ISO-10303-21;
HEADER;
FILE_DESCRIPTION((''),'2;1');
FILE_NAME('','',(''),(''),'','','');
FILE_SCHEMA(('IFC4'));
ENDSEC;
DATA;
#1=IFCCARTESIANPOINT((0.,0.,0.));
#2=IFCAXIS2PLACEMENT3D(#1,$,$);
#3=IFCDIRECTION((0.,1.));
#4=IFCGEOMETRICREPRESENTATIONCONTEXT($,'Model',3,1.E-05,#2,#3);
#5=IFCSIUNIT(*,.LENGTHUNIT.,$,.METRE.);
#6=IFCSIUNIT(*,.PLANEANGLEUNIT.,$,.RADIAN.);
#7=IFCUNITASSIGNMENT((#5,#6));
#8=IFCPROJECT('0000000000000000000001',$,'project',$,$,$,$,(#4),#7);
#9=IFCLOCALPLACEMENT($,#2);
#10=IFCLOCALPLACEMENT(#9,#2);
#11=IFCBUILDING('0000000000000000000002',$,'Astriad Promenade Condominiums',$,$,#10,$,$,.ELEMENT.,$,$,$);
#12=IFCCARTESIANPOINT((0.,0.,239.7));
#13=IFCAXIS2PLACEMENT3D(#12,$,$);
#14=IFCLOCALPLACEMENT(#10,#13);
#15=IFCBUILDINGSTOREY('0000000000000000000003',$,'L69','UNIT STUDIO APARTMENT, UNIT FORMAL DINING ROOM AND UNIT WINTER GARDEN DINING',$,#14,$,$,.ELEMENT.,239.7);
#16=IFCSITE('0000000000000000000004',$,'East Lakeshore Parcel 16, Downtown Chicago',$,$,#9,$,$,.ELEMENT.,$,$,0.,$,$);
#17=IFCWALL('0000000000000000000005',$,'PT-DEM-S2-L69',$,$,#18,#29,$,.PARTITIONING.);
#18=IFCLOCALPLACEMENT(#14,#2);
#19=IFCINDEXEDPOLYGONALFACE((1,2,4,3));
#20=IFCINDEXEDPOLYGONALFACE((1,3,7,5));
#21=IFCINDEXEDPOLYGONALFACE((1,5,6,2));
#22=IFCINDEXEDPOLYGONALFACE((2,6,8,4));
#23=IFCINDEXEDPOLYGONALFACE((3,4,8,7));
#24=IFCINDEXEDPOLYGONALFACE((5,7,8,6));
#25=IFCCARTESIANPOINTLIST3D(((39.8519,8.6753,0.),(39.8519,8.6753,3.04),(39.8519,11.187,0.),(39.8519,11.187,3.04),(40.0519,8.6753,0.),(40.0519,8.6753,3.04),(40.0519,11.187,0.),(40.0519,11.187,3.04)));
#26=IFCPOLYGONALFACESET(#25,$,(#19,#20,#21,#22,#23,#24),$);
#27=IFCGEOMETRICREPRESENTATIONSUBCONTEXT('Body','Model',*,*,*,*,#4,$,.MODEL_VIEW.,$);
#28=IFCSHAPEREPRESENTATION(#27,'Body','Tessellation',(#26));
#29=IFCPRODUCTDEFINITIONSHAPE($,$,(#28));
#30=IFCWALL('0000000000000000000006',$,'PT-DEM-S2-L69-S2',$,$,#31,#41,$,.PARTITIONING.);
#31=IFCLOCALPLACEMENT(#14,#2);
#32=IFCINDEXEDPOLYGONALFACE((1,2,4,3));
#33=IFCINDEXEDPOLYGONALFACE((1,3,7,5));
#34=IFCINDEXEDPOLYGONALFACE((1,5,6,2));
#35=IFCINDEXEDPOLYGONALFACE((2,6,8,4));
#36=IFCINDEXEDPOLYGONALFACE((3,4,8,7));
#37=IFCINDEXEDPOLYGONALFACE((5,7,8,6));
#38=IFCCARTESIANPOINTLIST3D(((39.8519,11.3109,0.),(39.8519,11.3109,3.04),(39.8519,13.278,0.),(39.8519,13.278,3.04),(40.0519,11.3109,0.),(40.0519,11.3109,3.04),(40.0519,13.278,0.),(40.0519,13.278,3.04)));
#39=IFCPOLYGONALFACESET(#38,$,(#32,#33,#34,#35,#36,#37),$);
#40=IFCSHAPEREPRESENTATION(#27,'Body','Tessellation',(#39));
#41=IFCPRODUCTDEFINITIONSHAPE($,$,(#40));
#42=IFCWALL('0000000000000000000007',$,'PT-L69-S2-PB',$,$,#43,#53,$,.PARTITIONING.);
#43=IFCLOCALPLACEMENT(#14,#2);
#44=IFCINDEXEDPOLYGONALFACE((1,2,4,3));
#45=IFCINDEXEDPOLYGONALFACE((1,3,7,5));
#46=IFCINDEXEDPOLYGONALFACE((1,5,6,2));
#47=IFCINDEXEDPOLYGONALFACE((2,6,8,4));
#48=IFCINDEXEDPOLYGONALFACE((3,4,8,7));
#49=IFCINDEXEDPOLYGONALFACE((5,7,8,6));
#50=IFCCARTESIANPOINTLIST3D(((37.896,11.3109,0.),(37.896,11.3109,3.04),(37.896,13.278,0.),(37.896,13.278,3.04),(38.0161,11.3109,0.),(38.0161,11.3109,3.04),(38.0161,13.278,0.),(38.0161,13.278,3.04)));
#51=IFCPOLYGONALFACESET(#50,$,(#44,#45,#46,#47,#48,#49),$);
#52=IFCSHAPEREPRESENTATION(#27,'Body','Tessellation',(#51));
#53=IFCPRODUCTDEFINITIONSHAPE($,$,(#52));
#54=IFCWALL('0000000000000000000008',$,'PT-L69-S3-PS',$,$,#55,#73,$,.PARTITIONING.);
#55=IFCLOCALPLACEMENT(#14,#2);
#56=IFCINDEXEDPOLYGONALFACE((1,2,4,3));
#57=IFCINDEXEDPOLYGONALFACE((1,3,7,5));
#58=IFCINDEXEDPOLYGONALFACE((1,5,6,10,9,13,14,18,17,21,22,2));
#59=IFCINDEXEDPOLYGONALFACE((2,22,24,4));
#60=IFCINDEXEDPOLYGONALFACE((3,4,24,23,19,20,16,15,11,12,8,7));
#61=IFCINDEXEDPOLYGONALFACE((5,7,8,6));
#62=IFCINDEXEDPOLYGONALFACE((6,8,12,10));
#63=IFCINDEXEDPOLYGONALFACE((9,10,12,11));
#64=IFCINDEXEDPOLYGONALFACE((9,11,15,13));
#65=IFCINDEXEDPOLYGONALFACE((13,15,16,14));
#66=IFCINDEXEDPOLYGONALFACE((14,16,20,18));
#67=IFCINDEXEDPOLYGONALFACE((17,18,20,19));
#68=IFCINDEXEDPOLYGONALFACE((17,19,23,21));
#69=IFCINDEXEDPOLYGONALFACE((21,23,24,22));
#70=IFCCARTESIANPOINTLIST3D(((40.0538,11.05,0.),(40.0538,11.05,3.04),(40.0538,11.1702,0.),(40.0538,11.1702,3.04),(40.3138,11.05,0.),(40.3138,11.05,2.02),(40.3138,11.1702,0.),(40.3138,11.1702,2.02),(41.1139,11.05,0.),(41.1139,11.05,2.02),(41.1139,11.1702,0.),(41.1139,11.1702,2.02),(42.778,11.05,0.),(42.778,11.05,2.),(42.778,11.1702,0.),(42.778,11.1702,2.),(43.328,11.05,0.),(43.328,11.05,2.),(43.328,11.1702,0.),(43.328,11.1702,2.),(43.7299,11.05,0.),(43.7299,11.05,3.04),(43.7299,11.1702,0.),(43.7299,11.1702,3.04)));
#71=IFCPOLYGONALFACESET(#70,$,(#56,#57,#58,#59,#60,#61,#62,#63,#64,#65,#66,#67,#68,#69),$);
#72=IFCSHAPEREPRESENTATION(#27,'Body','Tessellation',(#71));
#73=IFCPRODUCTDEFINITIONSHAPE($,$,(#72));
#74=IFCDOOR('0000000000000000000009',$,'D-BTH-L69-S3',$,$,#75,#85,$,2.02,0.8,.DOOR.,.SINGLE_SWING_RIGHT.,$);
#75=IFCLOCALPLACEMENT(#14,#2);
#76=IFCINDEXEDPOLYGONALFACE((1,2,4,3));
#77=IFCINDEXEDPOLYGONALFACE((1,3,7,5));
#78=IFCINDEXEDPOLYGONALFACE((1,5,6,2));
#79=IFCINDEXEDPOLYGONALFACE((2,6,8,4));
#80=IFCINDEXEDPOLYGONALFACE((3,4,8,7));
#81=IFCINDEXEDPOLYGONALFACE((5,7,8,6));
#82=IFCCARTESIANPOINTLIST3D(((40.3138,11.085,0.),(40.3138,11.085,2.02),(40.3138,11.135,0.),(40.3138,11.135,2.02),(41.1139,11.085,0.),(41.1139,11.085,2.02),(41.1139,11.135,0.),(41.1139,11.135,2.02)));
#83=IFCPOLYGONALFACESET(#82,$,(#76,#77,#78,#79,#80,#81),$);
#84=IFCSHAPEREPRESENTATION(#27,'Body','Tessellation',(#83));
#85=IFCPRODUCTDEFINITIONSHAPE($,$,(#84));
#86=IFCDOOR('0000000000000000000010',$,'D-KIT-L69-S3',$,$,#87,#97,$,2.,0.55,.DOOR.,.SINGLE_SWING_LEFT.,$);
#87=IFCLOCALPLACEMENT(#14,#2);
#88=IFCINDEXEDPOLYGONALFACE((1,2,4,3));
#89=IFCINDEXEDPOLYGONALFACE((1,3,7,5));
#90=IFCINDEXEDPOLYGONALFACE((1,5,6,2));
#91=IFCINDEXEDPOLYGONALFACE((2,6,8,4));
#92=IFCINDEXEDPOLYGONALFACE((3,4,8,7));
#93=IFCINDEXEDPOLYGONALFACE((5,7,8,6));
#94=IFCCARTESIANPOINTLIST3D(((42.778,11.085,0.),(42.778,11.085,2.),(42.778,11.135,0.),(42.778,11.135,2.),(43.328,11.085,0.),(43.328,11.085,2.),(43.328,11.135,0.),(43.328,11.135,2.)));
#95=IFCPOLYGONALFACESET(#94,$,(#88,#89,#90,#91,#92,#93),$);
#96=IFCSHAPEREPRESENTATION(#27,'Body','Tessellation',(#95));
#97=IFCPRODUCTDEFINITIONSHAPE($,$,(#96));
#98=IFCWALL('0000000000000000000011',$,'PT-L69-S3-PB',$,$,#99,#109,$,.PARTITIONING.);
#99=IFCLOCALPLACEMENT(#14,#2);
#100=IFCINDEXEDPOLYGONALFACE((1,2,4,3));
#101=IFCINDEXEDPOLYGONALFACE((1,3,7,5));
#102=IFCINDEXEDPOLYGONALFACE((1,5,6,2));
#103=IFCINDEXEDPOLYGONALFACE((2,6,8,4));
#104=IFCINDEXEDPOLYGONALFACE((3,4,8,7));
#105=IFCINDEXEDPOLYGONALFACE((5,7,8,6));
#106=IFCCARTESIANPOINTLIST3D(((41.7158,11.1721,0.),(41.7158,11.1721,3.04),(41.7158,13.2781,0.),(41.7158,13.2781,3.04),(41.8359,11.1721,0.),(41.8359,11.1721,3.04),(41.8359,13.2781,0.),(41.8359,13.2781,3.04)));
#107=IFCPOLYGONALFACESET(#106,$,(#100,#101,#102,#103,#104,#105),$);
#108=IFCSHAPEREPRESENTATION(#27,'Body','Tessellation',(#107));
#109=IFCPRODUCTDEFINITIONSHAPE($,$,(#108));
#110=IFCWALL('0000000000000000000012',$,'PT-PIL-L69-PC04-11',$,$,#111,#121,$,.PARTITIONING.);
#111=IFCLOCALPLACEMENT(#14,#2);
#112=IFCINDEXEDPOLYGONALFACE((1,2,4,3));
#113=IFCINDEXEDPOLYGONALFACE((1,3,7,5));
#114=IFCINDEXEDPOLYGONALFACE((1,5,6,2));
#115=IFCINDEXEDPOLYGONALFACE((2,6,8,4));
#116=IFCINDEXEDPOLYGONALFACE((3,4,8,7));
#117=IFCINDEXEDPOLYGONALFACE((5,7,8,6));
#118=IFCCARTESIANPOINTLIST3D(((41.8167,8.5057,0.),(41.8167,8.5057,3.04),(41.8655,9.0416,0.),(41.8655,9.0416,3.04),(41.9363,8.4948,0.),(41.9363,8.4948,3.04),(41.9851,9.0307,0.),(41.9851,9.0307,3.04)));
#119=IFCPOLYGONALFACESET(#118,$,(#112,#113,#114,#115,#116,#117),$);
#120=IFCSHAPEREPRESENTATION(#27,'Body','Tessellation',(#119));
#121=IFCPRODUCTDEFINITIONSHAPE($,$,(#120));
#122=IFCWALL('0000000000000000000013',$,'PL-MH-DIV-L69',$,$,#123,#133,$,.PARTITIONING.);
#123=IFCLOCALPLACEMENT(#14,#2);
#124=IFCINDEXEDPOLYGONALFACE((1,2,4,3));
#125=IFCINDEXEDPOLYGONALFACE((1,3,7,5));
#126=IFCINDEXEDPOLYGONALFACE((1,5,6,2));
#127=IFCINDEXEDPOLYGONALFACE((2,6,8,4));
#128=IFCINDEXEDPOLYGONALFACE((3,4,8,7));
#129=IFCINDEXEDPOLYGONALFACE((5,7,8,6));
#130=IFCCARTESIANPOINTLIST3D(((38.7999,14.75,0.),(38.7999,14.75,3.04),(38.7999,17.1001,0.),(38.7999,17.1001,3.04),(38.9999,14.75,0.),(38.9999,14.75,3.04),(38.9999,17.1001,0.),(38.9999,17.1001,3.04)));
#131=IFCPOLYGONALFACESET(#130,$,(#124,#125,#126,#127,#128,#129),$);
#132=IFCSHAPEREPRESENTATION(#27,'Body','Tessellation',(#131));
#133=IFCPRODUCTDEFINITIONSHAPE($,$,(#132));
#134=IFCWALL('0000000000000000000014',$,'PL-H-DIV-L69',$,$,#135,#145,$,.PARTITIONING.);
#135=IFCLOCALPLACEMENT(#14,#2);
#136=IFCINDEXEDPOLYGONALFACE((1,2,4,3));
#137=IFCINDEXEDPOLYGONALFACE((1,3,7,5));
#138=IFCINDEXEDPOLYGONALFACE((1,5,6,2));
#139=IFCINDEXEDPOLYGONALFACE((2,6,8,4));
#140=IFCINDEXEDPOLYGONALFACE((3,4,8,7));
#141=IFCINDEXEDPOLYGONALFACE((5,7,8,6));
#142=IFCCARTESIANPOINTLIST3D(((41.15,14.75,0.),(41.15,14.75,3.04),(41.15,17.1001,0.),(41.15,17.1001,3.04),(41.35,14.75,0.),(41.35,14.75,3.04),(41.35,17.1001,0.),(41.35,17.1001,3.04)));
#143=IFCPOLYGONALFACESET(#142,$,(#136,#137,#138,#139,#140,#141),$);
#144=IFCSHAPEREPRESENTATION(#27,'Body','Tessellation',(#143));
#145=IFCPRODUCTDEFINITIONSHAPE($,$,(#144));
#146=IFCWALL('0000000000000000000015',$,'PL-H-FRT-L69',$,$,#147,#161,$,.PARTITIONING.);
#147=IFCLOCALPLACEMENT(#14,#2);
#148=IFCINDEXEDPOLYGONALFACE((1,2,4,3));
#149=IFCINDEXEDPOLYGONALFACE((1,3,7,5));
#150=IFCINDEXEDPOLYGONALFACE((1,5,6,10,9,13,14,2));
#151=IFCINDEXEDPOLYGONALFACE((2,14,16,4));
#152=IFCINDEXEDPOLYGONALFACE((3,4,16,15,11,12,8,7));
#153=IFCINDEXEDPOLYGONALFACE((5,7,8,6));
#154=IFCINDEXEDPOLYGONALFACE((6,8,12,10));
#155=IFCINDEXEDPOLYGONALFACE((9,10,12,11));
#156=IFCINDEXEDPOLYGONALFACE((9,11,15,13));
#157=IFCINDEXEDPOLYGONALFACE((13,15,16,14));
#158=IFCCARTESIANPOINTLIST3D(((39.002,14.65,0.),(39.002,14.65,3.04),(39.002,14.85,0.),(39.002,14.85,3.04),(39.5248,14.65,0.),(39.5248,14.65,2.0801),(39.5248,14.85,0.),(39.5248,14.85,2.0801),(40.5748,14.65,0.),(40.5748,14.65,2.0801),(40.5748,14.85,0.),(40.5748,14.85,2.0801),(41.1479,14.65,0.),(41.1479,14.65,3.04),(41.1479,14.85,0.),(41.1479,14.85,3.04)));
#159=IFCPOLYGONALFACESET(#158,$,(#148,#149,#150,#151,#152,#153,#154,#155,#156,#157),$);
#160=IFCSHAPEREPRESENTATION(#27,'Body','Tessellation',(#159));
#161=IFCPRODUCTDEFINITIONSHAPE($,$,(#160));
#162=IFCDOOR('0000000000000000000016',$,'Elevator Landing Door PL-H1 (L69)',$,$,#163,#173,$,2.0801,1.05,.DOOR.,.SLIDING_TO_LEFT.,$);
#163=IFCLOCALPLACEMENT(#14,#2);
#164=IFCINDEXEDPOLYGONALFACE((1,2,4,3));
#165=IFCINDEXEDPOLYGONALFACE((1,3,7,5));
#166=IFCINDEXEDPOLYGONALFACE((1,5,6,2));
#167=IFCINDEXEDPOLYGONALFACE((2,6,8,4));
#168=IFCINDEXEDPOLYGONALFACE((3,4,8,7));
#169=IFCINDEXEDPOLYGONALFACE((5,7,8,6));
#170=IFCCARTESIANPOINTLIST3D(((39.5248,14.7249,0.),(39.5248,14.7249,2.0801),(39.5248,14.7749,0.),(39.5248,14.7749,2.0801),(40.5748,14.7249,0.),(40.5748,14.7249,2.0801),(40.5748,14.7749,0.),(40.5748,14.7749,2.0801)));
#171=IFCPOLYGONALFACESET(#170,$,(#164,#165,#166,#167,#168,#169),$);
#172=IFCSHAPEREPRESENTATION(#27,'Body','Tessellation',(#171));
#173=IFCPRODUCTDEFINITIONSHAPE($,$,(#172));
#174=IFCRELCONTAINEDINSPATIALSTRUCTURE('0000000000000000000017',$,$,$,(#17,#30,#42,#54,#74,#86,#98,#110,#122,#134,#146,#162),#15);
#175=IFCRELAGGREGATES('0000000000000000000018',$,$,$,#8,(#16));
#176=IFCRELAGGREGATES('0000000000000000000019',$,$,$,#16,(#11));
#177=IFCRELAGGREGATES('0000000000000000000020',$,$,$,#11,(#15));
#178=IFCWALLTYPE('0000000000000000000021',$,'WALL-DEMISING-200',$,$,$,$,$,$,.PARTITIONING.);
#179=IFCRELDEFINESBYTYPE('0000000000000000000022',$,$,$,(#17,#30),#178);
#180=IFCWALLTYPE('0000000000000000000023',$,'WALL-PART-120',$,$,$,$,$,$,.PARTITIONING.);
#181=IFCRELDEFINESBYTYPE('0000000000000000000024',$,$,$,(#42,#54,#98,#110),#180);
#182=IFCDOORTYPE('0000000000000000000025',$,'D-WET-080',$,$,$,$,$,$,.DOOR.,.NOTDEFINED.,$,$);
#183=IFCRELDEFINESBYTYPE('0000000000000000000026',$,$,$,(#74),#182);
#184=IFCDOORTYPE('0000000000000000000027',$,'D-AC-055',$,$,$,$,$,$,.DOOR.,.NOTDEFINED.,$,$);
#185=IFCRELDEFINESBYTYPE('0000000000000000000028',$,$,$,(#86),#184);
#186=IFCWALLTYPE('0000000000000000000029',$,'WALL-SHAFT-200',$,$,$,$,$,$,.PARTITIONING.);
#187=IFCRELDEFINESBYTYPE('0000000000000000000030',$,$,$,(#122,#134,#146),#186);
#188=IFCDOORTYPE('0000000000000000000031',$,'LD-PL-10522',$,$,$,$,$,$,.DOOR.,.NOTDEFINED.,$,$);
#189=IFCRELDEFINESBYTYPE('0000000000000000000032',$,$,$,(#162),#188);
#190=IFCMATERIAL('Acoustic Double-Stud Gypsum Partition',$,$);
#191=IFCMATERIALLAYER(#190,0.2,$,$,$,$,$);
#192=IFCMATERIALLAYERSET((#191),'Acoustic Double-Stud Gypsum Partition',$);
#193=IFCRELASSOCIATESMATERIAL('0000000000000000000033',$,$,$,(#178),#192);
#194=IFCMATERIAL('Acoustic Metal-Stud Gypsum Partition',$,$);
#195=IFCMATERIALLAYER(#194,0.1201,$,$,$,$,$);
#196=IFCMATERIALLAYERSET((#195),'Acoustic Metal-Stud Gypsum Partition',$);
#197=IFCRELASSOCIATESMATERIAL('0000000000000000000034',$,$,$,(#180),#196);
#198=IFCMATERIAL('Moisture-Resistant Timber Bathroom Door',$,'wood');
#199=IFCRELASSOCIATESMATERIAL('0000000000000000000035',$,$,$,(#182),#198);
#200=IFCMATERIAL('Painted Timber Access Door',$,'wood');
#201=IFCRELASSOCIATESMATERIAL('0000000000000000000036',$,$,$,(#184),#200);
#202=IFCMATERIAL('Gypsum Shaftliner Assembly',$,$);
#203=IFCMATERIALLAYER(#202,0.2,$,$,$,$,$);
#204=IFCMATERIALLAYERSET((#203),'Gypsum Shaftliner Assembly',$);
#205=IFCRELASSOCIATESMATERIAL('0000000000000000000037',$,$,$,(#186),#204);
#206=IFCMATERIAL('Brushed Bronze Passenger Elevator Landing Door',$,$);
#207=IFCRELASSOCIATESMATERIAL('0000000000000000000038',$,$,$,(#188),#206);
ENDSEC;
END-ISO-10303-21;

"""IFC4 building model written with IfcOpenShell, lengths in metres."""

from ifc_helpers import new_model, si_unit, direction, frame, frame_2d, origin, place, context, subcontext, project, spatial, rectangle, extrude, source, transform, mapped, material, layer, layer_set, type_object, type_shapes, element, fill, save


model = new_model("IFC4")

# Units and contexts
model_context = context("Model", 3, precision=1e-05, world=origin(), true_north=direction((0.0, 1.0)))
body_context = subcontext(model_context, "Body", "Model", "MODEL_VIEW")
ifc_project = project(units=[si_unit("LENGTHUNIT", "METRE"), si_unit("PLANEANGLEUNIT", "RADIAN")], contexts=[model_context])

# Site, building, storey
site_placement = place(None, origin())
site = spatial("IfcSite", under=ifc_project, at=site_placement, Name="East Lakeshore Parcel 16, Downtown Chicago", CompositionType="ELEMENT", RefElevation=0.0)
building_placement = place(site_placement, origin())
building = spatial("IfcBuilding", under=site, at=building_placement, Name="Astriad Promenade Condominiums", CompositionType="ELEMENT")
storey_placement = place(building_placement, frame((0.0, 0.0, 239.7)))
storey = spatial("IfcBuildingStorey", under=building, at=storey_placement, Name="L69", Description="UNIT STUDIO APARTMENT, UNIT FORMAL DINING ROOM AND UNIT WINTER GARDEN DINING", CompositionType="ELEMENT", Elevation=239.7)

# Walls
ifc_material_1 = material(Name="Acoustic Double-Stud Gypsum Partition")
ifc_layer_1 = layer(ifc_material_1, 0.2)
ifc_layer_set_1 = layer_set([ifc_layer_1], Name="Acoustic Double-Stud Gypsum Partition")
wall_type_1 = type_object("IfcWallType", Name="WALL-DEMISING-200", PredefinedType="PARTITIONING", material=ifc_layer_set_1)
wall_1_placement = place(storey_placement, frame((39.9519, 8.6753, 0.0), z_axis=(0.0, 0.0, 1.0), x_axis=(0.0, 1.0, 0.0)))
element("IfcWall", 1, at=wall_1_placement, inside=storey, type_object=wall_type_1, Name="PT-DEM-S2-L69", PredefinedType="PARTITIONING", context=body_context, shape_type="SweptSolid", body=[
    extrude(rectangle(XDim=2.5117, YDim=0.2, at=frame_2d((1.2559, 0.0))), origin(), (0.0, 0.0, 1.0), 3.04),
])
wall_2_placement = place(storey_placement, frame((39.9519, 11.311, 0.0), z_axis=(0.0, 0.0, 1.0), x_axis=(0.0, 1.0, 0.0)))
element("IfcWall", 2, at=wall_2_placement, inside=storey, type_object=wall_type_1, Name="PT-DEM-S2-L69-S2", PredefinedType="PARTITIONING", context=body_context, shape_type="SweptSolid", body=[
    extrude(rectangle(XDim=1.967, YDim=0.2, at=frame_2d((0.9834, 0.0))), origin(), (0.0, 0.0, 1.0), 3.04),
])
ifc_material_2 = material(Name="Acoustic Metal-Stud Gypsum Partition")
ifc_layer_2 = layer(ifc_material_2, 0.1201)
ifc_layer_set_2 = layer_set([ifc_layer_2], Name="Acoustic Metal-Stud Gypsum Partition")
wall_type_2 = type_object("IfcWallType", Name="WALL-PART-120", PredefinedType="PARTITIONING", material=ifc_layer_set_2)
wall_3_placement = place(storey_placement, frame((37.9561, 11.311, 0.0), z_axis=(0.0, 0.0, 1.0), x_axis=(0.0, 1.0, 0.0)))
element("IfcWall", 3, at=wall_3_placement, inside=storey, type_object=wall_type_2, Name="PT-L69-S2-PB", PredefinedType="PARTITIONING", context=body_context, shape_type="SweptSolid", body=[
    extrude(rectangle(XDim=1.967, YDim=0.1201, at=frame_2d((0.9834, 0.0))), origin(), (0.0, 0.0, 1.0), 3.04),
])

# Wall, openings, doors
wall_4_placement = place(storey_placement, frame((40.054, 11.1101, 0.0), z_axis=(0.0, 0.0, 1.0), x_axis=(1.0, 0.0, 0.0)))
wall_4 = element("IfcWall", 4, at=wall_4_placement, inside=storey, type_object=wall_type_2, Name="PT-L69-S3-PS", PredefinedType="PARTITIONING", context=body_context, shape_type="SweptSolid", body=[
    extrude(rectangle(XDim=3.676, YDim=0.1201, at=frame_2d((1.8379, 0.0))), origin(), (0.0, 0.0, 1.0), 3.04),
])
opening_1_placement = place(wall_4_placement, frame((0.26, 0.0, 0.0)))
opening_1 = element("IfcOpeningElement", 5, at=opening_1_placement, cuts=wall_4, PredefinedType="OPENING", context=body_context, shape_type="SweptSolid", body=[
    extrude(rectangle(XDim=0.8, YDim=2.02, at=frame_2d((0.3999, 1.01))), frame((0.0, 0.0701, 0.0), z_axis=(0.0, -1.0, 0.0), x_axis=(1.0, 0.0, 0.0)), (0.0, 0.0, 1.0), 0.1401),
])
opening_2_placement = place(wall_4_placement, frame((2.7241, 0.0, 0.0)))
opening_2 = element("IfcOpeningElement", 6, at=opening_2_placement, cuts=wall_4, PredefinedType="OPENING", context=body_context, shape_type="SweptSolid", body=[
    extrude(rectangle(XDim=0.55, YDim=2.0, at=frame_2d((0.2749, 1.0))), frame((0.0, 0.0701, 0.0), z_axis=(0.0, -1.0, 0.0), x_axis=(1.0, 0.0, 0.0)), (0.0, 0.0, 1.0), 0.1401),
])
ifc_material_3 = material(Name="Moisture-Resistant Timber Bathroom Door", Category="wood")
door_type_1 = type_object("IfcDoorType", Name="D-WET-080", OperationType="NOTDEFINED", PredefinedType="DOOR", material=ifc_material_3)
shared_shape_1 = source(origin(), body_context, "Body", "SweptSolid", [
    extrude(rectangle(XDim=0.8, YDim=2.02, at=frame_2d((0.3999, 1.01))), frame((0.0, 0.0249, 0.0), z_axis=(0.0, -1.0, 0.0), x_axis=(1.0, 0.0, 0.0)), (0.0, 0.0, 1.0), 0.05),
])
type_shapes(door_type_1, [shared_shape_1])
door_1_placement = place(opening_1_placement, origin())
door_1 = element("IfcDoor", 7, at=door_1_placement, inside=storey, type_object=door_type_1, Name="D-BTH-L69-S3", OperationType="SINGLE_SWING_RIGHT", OverallHeight=2.02, OverallWidth=0.8, PredefinedType="DOOR", context=body_context, shape_type="MappedRepresentation", body=[
    mapped(shared_shape_1, transform((0.0, 0.0, 0.0), scale=1.0)),
])
fill(opening_1, door_1)
ifc_material_4 = material(Name="Painted Timber Access Door", Category="wood")
door_type_2 = type_object("IfcDoorType", Name="D-AC-055", OperationType="NOTDEFINED", PredefinedType="DOOR", material=ifc_material_4)
shared_shape_2 = source(origin(), body_context, "Body", "SweptSolid", [
    extrude(rectangle(XDim=0.55, YDim=2.0, at=frame_2d((0.2749, 1.0))), frame((0.0, 0.0249, 0.0), z_axis=(0.0, -1.0, 0.0), x_axis=(1.0, 0.0, 0.0)), (0.0, 0.0, 1.0), 0.05),
])
type_shapes(door_type_2, [shared_shape_2])
door_2_placement = place(opening_2_placement, origin())
door_2 = element("IfcDoor", 8, at=door_2_placement, inside=storey, type_object=door_type_2, Name="D-KIT-L69-S3", OperationType="SINGLE_SWING_LEFT", OverallHeight=2.0, OverallWidth=0.55, PredefinedType="DOOR", context=body_context, shape_type="MappedRepresentation", body=[
    mapped(shared_shape_2, transform((0.0, 0.0, 0.0), scale=1.0)),
])
fill(opening_2, door_2)

# Walls
wall_5_placement = place(storey_placement, frame((41.7759, 11.1721, 0.0), z_axis=(0.0, 0.0, 1.0), x_axis=(0.0, 1.0, 0.0)))
element("IfcWall", 9, at=wall_5_placement, inside=storey, type_object=wall_type_2, Name="PT-L69-S3-PB", PredefinedType="PARTITIONING", context=body_context, shape_type="SweptSolid", body=[
    extrude(rectangle(XDim=2.106, YDim=0.1201, at=frame_2d((1.053, 0.0))), origin(), (0.0, 0.0, 1.0), 3.04),
])
wall_6_placement = place(storey_placement, frame((41.9253, 9.0361, 0.0), z_axis=(0.0, 0.0, 1.0), x_axis=(-0.09074, -0.995875, 0.0)))
element("IfcWall", 10, at=wall_6_placement, inside=storey, type_object=wall_type_2, Name="PT-PIL-L69-PC04-11", PredefinedType="PARTITIONING", context=body_context, shape_type="SweptSolid", body=[
    extrude(rectangle(XDim=0.5381, YDim=0.1201, at=frame_2d((0.269, 0.0))), origin(), (0.0, 0.0, 1.0), 3.04),
])
ifc_material_5 = material(Name="Gypsum Shaftliner Assembly")
ifc_layer_3 = layer(ifc_material_5, 0.2)
ifc_layer_set_3 = layer_set([ifc_layer_3], Name="Gypsum Shaftliner Assembly")
wall_type_3 = type_object("IfcWallType", Name="WALL-SHAFT-200", PredefinedType="PARTITIONING", material=ifc_layer_set_3)
for number, where, z_axis, x_axis, name in (
    (11, (38.8999, 14.75, 0.0), (0.0, 0.0, 1.0), (0.0, 1.0, 0.0), "PL-MH-DIV-L69"),
    (12, (41.25, 14.75, 0.0), (0.0, 0.0, 1.0), (0.0, 1.0, 0.0), "PL-H-DIV-L69"),
):
    element("IfcWall", number, at=place(storey_placement, frame(where, z_axis=z_axis, x_axis=x_axis)), inside=storey, type_object=wall_type_3, Name=name, PredefinedType="PARTITIONING", context=body_context, shape_type="SweptSolid", body=[
        extrude(rectangle(XDim=2.3501, YDim=0.2, at=frame_2d((1.175, 0.0))), origin(), (0.0, 0.0, 1.0), 3.04),
    ])

# Wall, opening, door
wall_7_placement = place(storey_placement, frame((39.002, 14.75, 0.0), z_axis=(0.0, 0.0, 1.0), x_axis=(1.0, 0.0, 0.0)))
wall_7 = element("IfcWall", 13, at=wall_7_placement, inside=storey, type_object=wall_type_3, Name="PL-H-FRT-L69", PredefinedType="PARTITIONING", context=body_context, shape_type="SweptSolid", body=[
    extrude(rectangle(XDim=2.146, YDim=0.2, at=frame_2d((1.073, 0.0))), origin(), (0.0, 0.0, 1.0), 3.04),
])
opening_3_placement = place(wall_7_placement, frame((0.5229, 0.0, 0.0)))
opening_3 = element("IfcOpeningElement", 14, at=opening_3_placement, cuts=wall_7, PredefinedType="OPENING", context=body_context, shape_type="SweptSolid", body=[
    extrude(rectangle(XDim=1.05, YDim=2.0801, at=frame_2d((0.5249, 1.04))), frame((0.0, 0.1099, 0.0), z_axis=(0.0, -1.0, 0.0), x_axis=(1.0, 0.0, 0.0)), (0.0, 0.0, 1.0), 0.22),
])
ifc_material_6 = material(Name="Brushed Bronze Passenger Elevator Landing Door")
door_type_3 = type_object("IfcDoorType", Name="LD-PL-10522", OperationType="NOTDEFINED", PredefinedType="DOOR", material=ifc_material_6)
shared_shape_3 = source(origin(), body_context, "Body", "SweptSolid", [
    extrude(rectangle(XDim=1.05, YDim=2.0801, at=frame_2d((0.5249, 1.04))), frame((0.0, 0.0249, 0.0), z_axis=(0.0, -1.0, 0.0), x_axis=(1.0, 0.0, 0.0)), (0.0, 0.0, 1.0), 0.05),
])
type_shapes(door_type_3, [shared_shape_3])
door_3_placement = place(opening_3_placement, origin())
door_3 = element("IfcDoor", 15, at=door_3_placement, inside=storey, type_object=door_type_3, Name="Elevator Landing Door PL-H1 (L69)", OperationType="SLIDING_TO_LEFT", OverallHeight=2.0801, OverallWidth=1.05, PredefinedType="DOOR", context=body_context, shape_type="MappedRepresentation", body=[
    mapped(shared_shape_3, transform((0.0, 0.0, 0.0), scale=1.0)),
])
fill(opening_3, door_3)

save(model, "model.ifc")
